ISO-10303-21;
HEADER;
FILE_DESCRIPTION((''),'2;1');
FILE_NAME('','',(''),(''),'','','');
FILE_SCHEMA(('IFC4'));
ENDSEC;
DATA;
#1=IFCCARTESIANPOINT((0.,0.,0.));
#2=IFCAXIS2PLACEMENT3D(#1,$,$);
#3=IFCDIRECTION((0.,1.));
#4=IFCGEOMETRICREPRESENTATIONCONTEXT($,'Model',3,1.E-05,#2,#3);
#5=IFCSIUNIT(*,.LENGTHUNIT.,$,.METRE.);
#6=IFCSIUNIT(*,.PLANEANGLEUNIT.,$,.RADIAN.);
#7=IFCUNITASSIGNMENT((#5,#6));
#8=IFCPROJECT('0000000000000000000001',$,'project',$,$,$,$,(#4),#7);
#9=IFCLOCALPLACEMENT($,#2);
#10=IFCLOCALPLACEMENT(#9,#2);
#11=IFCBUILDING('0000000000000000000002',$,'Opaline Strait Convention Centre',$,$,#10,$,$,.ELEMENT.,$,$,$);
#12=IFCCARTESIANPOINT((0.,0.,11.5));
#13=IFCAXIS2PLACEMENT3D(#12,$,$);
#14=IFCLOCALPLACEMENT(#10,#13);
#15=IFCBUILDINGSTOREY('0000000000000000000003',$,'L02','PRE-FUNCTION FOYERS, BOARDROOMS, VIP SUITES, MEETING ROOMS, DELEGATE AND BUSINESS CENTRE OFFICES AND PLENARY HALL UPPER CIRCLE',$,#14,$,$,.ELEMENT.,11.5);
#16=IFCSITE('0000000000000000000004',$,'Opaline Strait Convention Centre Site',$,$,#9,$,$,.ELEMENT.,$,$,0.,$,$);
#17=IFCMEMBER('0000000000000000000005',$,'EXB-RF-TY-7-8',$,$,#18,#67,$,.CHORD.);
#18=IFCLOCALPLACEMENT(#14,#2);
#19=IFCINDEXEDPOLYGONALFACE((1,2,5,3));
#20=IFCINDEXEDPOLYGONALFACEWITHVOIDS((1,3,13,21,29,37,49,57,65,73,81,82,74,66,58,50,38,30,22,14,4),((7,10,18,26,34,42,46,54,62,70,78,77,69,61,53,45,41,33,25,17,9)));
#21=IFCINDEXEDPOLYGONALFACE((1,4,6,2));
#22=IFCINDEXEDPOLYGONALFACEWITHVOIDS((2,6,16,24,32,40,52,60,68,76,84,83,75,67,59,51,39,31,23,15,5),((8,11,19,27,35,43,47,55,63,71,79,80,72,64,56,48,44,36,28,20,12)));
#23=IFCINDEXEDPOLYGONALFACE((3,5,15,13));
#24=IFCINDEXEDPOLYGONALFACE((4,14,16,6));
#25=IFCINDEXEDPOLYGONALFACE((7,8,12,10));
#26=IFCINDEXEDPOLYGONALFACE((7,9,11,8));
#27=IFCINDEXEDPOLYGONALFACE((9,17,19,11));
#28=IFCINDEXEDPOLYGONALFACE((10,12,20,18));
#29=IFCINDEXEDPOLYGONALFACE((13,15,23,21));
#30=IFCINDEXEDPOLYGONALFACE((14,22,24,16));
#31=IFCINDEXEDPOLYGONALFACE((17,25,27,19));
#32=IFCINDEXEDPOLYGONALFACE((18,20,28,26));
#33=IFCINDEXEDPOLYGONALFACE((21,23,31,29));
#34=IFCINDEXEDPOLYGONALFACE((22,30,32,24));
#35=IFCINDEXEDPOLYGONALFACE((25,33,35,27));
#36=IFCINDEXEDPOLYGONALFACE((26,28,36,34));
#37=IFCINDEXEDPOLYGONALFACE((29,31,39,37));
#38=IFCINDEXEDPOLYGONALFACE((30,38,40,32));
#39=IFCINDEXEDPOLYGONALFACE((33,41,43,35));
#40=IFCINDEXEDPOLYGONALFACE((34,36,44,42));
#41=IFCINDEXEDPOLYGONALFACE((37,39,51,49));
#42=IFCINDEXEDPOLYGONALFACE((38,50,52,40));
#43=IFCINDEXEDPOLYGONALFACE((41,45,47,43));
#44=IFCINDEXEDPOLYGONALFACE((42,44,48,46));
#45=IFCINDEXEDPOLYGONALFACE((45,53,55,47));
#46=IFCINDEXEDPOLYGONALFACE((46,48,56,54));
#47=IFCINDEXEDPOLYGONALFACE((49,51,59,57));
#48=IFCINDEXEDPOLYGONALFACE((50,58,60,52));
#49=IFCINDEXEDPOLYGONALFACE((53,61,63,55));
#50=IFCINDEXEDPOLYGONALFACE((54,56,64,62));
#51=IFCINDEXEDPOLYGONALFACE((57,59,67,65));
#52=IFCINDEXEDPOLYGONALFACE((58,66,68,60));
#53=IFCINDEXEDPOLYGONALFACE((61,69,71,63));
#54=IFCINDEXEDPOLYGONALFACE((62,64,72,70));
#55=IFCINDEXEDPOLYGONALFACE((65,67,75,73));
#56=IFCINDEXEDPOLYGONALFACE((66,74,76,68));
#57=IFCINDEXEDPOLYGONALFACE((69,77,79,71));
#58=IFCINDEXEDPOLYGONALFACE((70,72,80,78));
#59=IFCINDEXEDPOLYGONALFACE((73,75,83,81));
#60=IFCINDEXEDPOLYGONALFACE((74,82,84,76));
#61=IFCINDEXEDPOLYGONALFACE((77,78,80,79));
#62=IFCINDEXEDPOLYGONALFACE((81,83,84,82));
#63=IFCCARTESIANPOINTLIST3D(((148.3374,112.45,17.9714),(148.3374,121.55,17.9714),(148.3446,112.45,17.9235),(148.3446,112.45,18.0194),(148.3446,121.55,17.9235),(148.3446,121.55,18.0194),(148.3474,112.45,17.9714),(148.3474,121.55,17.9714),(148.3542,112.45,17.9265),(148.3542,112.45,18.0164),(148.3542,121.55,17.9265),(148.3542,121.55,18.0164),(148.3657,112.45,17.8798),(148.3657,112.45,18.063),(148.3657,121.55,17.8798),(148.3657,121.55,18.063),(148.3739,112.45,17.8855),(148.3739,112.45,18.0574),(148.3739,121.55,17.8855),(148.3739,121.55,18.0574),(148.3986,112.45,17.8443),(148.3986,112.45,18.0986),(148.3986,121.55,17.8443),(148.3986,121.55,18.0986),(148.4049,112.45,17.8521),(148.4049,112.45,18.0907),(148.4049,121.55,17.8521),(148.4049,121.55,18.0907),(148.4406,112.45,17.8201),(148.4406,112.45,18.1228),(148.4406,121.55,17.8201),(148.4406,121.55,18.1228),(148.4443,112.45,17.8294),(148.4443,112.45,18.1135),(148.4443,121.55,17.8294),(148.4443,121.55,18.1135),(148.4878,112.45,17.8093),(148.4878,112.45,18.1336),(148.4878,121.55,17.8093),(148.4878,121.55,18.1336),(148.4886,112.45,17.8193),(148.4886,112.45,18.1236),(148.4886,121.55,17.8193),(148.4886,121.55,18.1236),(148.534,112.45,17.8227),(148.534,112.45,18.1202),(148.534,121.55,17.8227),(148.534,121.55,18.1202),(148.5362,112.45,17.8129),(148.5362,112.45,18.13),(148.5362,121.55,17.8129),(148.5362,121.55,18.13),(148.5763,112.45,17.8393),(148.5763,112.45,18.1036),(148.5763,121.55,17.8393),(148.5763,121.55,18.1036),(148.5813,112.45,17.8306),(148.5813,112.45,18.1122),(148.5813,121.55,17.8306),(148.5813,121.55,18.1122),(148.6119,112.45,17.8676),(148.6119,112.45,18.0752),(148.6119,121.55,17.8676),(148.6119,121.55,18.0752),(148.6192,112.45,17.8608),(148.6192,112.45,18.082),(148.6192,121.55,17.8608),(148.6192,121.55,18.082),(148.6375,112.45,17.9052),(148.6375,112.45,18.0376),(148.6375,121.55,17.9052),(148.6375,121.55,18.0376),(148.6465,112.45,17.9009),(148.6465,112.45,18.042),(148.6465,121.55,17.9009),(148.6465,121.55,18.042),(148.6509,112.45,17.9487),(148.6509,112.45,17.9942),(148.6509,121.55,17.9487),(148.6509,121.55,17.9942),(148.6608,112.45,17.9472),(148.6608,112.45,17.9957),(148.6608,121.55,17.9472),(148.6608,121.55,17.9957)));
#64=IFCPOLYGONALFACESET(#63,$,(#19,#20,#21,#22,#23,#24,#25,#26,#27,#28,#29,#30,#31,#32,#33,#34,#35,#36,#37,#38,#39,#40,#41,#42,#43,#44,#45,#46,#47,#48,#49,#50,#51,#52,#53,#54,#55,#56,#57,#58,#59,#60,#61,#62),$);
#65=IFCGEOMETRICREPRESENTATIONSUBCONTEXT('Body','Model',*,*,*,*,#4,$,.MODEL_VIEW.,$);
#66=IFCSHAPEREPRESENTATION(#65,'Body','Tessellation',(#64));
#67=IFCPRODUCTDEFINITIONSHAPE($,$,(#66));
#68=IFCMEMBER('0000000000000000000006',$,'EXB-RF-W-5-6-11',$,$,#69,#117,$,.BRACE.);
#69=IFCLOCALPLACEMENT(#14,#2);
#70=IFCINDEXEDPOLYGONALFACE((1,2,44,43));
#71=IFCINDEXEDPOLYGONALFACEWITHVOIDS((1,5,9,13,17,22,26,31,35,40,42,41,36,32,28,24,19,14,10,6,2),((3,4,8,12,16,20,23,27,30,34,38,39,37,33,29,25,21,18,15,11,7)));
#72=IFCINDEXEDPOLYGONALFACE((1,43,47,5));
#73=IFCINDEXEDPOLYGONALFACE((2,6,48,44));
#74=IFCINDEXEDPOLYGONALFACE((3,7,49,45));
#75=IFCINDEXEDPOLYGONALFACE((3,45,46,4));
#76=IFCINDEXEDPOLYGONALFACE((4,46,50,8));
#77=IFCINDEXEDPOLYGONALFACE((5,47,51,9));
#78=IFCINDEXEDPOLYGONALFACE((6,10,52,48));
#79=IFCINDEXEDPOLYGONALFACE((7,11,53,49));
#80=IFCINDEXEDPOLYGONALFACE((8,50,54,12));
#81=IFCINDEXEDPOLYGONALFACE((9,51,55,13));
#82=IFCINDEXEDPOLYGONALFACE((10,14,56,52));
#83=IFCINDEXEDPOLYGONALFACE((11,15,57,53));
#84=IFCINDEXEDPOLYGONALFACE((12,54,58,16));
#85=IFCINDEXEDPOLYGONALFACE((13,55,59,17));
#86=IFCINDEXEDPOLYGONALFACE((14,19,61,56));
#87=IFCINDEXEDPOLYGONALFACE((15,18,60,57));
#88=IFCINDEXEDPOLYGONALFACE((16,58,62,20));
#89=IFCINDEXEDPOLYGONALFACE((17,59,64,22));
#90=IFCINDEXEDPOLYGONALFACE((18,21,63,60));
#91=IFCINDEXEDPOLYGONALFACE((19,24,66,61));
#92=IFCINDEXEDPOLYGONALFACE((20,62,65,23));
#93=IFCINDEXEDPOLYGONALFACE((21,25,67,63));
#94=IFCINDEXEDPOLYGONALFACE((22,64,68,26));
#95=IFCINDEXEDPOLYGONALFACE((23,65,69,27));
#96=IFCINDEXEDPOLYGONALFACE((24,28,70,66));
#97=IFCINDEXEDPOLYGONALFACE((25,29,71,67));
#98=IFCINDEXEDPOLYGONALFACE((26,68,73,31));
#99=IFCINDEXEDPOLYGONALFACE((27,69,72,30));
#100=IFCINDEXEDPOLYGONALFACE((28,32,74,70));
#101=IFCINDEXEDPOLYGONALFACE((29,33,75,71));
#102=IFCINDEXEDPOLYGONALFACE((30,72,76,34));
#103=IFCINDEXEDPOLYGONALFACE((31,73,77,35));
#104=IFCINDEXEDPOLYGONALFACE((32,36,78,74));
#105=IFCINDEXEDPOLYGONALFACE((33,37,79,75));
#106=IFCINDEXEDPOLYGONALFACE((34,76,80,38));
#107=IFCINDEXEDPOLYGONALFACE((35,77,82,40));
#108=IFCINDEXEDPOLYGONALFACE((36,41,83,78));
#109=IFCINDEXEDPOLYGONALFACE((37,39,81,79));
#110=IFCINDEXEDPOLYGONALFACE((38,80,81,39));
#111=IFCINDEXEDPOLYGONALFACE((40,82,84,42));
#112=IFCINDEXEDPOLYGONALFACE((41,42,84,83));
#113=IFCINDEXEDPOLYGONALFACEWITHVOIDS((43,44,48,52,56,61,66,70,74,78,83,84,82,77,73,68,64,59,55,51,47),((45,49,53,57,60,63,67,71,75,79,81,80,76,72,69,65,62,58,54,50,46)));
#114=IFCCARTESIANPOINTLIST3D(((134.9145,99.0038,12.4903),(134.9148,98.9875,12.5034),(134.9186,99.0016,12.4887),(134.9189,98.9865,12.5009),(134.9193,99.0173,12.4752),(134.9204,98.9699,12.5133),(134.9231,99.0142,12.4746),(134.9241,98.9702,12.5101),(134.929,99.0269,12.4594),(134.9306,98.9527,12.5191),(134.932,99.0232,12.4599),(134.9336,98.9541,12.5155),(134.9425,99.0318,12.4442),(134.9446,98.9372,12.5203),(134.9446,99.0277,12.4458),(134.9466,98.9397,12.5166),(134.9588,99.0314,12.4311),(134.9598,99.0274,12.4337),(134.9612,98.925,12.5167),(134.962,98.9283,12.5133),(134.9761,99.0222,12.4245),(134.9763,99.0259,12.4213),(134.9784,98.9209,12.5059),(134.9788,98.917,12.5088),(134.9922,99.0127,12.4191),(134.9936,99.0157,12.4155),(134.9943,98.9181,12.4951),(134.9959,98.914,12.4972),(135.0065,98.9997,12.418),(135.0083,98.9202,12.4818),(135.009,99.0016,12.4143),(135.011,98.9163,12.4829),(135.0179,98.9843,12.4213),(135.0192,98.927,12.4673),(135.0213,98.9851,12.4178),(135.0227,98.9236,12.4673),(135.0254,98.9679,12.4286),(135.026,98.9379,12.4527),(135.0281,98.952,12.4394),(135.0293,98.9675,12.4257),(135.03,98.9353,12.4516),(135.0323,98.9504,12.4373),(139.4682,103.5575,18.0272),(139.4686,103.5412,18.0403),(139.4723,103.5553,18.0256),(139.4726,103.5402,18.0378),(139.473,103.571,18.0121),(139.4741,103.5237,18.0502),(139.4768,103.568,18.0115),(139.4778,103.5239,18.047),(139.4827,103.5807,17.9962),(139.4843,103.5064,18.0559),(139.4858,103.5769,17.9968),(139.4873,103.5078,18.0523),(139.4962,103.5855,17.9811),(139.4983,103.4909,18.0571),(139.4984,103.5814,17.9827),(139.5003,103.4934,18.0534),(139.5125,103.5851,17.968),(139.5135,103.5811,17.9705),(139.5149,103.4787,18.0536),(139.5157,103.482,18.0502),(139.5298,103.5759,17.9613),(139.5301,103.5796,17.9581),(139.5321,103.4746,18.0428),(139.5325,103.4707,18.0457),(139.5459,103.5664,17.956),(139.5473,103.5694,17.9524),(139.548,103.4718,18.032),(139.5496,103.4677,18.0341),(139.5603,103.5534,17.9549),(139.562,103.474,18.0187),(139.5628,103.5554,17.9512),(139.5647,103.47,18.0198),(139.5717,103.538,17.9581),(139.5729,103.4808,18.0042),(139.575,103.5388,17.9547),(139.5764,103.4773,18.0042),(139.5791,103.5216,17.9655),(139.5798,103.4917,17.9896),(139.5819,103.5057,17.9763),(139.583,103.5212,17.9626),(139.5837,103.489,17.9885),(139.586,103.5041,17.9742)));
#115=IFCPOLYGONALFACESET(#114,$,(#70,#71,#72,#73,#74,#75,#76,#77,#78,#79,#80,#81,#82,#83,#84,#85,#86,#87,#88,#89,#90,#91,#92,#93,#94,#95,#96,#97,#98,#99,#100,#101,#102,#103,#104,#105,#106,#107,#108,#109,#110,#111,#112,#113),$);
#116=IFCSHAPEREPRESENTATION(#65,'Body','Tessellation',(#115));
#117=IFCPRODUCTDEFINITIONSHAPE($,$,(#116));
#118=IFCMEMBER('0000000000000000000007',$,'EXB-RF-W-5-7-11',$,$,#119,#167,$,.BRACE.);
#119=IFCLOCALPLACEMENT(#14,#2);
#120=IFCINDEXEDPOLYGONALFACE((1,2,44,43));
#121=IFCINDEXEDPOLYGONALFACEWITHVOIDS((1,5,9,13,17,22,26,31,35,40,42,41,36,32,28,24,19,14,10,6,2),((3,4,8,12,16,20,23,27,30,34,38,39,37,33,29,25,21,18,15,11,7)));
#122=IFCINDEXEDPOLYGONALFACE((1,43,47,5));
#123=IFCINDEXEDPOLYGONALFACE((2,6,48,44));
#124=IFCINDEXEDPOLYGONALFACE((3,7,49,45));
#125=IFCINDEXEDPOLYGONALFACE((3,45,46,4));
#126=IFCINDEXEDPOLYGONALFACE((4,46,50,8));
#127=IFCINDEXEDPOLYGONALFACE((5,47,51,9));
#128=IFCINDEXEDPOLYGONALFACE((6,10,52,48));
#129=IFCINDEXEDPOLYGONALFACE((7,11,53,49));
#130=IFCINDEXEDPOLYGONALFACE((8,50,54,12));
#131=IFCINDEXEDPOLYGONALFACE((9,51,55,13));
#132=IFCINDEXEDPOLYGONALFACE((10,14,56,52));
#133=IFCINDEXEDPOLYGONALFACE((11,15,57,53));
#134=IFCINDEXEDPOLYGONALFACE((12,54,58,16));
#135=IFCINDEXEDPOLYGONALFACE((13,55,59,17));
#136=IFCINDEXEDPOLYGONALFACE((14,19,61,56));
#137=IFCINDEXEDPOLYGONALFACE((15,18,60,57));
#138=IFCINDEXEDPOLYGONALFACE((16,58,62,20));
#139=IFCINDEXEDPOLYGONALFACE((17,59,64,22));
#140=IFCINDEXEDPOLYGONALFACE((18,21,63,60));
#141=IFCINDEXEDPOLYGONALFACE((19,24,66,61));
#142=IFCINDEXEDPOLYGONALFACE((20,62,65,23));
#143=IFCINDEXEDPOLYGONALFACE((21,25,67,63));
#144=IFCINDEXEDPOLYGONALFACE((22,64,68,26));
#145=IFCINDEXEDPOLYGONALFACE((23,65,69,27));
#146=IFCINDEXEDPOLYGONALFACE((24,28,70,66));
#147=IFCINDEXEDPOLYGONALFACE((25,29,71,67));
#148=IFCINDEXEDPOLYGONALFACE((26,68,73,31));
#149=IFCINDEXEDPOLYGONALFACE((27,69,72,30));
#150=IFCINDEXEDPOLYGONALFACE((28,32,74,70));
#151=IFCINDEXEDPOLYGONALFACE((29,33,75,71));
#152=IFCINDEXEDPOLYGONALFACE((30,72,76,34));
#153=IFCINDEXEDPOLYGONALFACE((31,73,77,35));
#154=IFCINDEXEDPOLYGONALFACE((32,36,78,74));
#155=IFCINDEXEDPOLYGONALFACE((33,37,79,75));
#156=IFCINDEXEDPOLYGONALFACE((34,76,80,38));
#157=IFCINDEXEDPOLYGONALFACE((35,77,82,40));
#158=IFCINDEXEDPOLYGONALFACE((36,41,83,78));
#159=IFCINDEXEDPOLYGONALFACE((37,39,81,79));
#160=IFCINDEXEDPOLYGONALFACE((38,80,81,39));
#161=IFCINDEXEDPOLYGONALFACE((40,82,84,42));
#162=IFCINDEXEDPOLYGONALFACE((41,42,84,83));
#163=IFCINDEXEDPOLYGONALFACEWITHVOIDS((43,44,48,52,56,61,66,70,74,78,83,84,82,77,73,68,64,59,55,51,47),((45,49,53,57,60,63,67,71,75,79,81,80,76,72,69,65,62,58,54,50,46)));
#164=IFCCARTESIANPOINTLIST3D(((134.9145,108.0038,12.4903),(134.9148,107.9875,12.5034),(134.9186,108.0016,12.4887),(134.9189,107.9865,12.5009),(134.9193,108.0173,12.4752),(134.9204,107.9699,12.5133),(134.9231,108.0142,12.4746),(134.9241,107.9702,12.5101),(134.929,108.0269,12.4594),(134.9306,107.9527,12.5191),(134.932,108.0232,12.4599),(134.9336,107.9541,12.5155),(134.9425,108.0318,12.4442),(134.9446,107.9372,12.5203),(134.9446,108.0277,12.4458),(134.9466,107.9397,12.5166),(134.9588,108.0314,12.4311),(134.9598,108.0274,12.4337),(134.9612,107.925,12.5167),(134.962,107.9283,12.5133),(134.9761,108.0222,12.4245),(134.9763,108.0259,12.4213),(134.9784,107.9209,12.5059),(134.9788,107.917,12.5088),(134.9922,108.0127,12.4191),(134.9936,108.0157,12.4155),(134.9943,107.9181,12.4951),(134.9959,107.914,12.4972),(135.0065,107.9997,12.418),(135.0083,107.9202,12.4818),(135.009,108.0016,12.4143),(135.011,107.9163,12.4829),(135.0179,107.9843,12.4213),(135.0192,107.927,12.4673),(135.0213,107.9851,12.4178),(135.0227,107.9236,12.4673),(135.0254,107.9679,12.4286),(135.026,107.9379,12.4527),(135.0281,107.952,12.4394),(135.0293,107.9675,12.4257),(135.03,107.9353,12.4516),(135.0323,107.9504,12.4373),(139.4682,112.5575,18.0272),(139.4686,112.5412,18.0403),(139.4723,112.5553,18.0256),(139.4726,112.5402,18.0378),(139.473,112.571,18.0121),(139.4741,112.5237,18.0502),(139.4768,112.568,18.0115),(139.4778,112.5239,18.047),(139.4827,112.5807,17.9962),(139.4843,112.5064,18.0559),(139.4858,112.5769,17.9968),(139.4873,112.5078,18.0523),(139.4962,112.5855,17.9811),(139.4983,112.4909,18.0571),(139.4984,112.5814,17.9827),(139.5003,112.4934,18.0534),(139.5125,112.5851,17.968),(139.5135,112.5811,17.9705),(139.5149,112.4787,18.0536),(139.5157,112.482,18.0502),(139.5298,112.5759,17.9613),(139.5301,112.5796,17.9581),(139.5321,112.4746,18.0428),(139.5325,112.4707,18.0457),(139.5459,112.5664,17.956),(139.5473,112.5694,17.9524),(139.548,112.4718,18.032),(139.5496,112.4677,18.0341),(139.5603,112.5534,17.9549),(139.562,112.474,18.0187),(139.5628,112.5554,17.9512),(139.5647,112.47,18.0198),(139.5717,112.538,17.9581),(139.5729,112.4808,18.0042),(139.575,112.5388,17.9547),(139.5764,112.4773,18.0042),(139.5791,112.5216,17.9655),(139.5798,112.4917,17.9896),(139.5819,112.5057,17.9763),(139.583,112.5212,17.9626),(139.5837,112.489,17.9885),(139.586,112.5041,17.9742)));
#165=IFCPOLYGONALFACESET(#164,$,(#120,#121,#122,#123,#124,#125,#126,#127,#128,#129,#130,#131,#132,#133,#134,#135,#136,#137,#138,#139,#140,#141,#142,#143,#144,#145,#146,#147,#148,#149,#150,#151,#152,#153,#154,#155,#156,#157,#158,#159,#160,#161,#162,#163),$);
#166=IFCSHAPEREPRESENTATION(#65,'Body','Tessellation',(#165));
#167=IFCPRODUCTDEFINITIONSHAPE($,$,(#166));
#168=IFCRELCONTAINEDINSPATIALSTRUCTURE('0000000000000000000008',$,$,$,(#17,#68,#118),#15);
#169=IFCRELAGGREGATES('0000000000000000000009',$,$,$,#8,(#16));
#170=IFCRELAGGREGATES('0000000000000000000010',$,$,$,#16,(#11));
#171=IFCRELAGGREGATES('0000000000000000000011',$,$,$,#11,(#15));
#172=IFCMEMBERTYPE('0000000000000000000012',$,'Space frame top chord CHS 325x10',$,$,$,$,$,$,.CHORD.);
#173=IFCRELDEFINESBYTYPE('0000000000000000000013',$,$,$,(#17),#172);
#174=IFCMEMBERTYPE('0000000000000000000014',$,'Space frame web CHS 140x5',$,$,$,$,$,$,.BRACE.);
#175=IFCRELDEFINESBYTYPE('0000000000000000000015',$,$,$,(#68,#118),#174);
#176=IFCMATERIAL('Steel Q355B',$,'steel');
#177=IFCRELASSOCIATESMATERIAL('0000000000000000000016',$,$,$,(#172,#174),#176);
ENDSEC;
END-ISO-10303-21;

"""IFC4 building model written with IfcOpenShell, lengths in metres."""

from ifc_helpers import new_model, si_unit, direction, frame, origin, origin_2d, place, context, subcontext, project, spatial, hollow_circle, extrude, material, material_profile, profile_set, type_object, element, save


model = new_model("IFC4")

# Units and contexts
model_context = context("Model", 3, precision=1e-05, world=origin(), true_north=direction((0.0, 1.0)))
body_context = subcontext(model_context, "Body", "Model", "MODEL_VIEW")
ifc_project = project(units=[si_unit("LENGTHUNIT", "METRE"), si_unit("PLANEANGLEUNIT", "RADIAN")], contexts=[model_context])

# Site, building, storey
site_placement = place(None, origin())
site = spatial("IfcSite", under=ifc_project, at=site_placement, Name="Opaline Strait Convention Centre Site", CompositionType="ELEMENT", RefElevation=0.0)
building_placement = place(site_placement, origin())
building = spatial("IfcBuilding", under=site, at=building_placement, Name="Opaline Strait Convention Centre", CompositionType="ELEMENT")
storey_placement = place(building_placement, frame((0.0, 0.0, 11.5)))
storey = spatial("IfcBuildingStorey", under=building, at=storey_placement, Name="L02", Description="PRE-FUNCTION FOYERS, BOARDROOMS, VIP SUITES, MEETING ROOMS, DELEGATE AND BUSINESS CENTRE OFFICES AND PLENARY HALL UPPER CIRCLE", CompositionType="ELEMENT", Elevation=11.5)

# Members
ifc_material = material(Name="Steel Q355B", Category="steel")
ifc_material_profile_1 = material_profile(ifc_material, hollow_circle(Radius=0.1626, WallThickness=0.01, at=origin_2d()), Name="CHS 325x10")
ifc_profile_set_1 = profile_set([ifc_material_profile_1], Name="Steel Q355B")
member_type_1 = type_object("IfcMemberType", Name="Space frame top chord CHS 325x10", PredefinedType="CHORD", material=ifc_profile_set_1)
for number, where, z_axis, x_axis, name in (
    (1, (148.5, 112.45, 17.9714), (0.0, 1.0, 0.0), (-1.0, 0.0, 0.0), "EXB-RF-TY-7-8"),
):
    element("IfcMember", number, at=place(storey_placement, frame(where, z_axis=z_axis, x_axis=x_axis)), inside=storey, type_object=member_type_1, Name=name, PredefinedType="CHORD", context=body_context, shape_type="SweptSolid", body=[
        extrude(hollow_circle(Radius=0.1626, WallThickness=0.01, at=origin_2d()), origin(), (0.0, 0.0, 1.0), 9.1001),
    ])
ifc_material_profile_2 = material_profile(ifc_material, hollow_circle(Radius=0.0701, WallThickness=0.0049, at=origin_2d()), Name="CHS 140x5")
ifc_profile_set_2 = profile_set([ifc_material_profile_2], Name="Steel Q355B")
member_type_2 = type_object("IfcMemberType", Name="Space frame web CHS 140x5", PredefinedType="BRACE", material=ifc_profile_set_2)
for number, where, z_axis, x_axis, name in (
    (2, (139.5269, 103.5269, 18.0042), (-0.536178, -0.536178, -0.65194), (0.707107, -0.707107, 0.0), "EXB-RF-W-5-6-11"),
    (3, (139.5269, 112.5269, 18.0042), (-0.536178, -0.536178, -0.65194), (0.707107, -0.707107, 0.0), "EXB-RF-W-5-7-11"),
):
    element("IfcMember", number, at=place(storey_placement, frame(where, z_axis=z_axis, x_axis=x_axis)), inside=storey, type_object=member_type_2, Name=name, PredefinedType="BRACE", context=body_context, shape_type="SweptSolid", body=[
        extrude(hollow_circle(Radius=0.0701, WallThickness=0.0049, at=origin_2d()), origin(), (0.0, 0.0, 1.0), 8.4929),
    ])

save(model, "model.ifc")
